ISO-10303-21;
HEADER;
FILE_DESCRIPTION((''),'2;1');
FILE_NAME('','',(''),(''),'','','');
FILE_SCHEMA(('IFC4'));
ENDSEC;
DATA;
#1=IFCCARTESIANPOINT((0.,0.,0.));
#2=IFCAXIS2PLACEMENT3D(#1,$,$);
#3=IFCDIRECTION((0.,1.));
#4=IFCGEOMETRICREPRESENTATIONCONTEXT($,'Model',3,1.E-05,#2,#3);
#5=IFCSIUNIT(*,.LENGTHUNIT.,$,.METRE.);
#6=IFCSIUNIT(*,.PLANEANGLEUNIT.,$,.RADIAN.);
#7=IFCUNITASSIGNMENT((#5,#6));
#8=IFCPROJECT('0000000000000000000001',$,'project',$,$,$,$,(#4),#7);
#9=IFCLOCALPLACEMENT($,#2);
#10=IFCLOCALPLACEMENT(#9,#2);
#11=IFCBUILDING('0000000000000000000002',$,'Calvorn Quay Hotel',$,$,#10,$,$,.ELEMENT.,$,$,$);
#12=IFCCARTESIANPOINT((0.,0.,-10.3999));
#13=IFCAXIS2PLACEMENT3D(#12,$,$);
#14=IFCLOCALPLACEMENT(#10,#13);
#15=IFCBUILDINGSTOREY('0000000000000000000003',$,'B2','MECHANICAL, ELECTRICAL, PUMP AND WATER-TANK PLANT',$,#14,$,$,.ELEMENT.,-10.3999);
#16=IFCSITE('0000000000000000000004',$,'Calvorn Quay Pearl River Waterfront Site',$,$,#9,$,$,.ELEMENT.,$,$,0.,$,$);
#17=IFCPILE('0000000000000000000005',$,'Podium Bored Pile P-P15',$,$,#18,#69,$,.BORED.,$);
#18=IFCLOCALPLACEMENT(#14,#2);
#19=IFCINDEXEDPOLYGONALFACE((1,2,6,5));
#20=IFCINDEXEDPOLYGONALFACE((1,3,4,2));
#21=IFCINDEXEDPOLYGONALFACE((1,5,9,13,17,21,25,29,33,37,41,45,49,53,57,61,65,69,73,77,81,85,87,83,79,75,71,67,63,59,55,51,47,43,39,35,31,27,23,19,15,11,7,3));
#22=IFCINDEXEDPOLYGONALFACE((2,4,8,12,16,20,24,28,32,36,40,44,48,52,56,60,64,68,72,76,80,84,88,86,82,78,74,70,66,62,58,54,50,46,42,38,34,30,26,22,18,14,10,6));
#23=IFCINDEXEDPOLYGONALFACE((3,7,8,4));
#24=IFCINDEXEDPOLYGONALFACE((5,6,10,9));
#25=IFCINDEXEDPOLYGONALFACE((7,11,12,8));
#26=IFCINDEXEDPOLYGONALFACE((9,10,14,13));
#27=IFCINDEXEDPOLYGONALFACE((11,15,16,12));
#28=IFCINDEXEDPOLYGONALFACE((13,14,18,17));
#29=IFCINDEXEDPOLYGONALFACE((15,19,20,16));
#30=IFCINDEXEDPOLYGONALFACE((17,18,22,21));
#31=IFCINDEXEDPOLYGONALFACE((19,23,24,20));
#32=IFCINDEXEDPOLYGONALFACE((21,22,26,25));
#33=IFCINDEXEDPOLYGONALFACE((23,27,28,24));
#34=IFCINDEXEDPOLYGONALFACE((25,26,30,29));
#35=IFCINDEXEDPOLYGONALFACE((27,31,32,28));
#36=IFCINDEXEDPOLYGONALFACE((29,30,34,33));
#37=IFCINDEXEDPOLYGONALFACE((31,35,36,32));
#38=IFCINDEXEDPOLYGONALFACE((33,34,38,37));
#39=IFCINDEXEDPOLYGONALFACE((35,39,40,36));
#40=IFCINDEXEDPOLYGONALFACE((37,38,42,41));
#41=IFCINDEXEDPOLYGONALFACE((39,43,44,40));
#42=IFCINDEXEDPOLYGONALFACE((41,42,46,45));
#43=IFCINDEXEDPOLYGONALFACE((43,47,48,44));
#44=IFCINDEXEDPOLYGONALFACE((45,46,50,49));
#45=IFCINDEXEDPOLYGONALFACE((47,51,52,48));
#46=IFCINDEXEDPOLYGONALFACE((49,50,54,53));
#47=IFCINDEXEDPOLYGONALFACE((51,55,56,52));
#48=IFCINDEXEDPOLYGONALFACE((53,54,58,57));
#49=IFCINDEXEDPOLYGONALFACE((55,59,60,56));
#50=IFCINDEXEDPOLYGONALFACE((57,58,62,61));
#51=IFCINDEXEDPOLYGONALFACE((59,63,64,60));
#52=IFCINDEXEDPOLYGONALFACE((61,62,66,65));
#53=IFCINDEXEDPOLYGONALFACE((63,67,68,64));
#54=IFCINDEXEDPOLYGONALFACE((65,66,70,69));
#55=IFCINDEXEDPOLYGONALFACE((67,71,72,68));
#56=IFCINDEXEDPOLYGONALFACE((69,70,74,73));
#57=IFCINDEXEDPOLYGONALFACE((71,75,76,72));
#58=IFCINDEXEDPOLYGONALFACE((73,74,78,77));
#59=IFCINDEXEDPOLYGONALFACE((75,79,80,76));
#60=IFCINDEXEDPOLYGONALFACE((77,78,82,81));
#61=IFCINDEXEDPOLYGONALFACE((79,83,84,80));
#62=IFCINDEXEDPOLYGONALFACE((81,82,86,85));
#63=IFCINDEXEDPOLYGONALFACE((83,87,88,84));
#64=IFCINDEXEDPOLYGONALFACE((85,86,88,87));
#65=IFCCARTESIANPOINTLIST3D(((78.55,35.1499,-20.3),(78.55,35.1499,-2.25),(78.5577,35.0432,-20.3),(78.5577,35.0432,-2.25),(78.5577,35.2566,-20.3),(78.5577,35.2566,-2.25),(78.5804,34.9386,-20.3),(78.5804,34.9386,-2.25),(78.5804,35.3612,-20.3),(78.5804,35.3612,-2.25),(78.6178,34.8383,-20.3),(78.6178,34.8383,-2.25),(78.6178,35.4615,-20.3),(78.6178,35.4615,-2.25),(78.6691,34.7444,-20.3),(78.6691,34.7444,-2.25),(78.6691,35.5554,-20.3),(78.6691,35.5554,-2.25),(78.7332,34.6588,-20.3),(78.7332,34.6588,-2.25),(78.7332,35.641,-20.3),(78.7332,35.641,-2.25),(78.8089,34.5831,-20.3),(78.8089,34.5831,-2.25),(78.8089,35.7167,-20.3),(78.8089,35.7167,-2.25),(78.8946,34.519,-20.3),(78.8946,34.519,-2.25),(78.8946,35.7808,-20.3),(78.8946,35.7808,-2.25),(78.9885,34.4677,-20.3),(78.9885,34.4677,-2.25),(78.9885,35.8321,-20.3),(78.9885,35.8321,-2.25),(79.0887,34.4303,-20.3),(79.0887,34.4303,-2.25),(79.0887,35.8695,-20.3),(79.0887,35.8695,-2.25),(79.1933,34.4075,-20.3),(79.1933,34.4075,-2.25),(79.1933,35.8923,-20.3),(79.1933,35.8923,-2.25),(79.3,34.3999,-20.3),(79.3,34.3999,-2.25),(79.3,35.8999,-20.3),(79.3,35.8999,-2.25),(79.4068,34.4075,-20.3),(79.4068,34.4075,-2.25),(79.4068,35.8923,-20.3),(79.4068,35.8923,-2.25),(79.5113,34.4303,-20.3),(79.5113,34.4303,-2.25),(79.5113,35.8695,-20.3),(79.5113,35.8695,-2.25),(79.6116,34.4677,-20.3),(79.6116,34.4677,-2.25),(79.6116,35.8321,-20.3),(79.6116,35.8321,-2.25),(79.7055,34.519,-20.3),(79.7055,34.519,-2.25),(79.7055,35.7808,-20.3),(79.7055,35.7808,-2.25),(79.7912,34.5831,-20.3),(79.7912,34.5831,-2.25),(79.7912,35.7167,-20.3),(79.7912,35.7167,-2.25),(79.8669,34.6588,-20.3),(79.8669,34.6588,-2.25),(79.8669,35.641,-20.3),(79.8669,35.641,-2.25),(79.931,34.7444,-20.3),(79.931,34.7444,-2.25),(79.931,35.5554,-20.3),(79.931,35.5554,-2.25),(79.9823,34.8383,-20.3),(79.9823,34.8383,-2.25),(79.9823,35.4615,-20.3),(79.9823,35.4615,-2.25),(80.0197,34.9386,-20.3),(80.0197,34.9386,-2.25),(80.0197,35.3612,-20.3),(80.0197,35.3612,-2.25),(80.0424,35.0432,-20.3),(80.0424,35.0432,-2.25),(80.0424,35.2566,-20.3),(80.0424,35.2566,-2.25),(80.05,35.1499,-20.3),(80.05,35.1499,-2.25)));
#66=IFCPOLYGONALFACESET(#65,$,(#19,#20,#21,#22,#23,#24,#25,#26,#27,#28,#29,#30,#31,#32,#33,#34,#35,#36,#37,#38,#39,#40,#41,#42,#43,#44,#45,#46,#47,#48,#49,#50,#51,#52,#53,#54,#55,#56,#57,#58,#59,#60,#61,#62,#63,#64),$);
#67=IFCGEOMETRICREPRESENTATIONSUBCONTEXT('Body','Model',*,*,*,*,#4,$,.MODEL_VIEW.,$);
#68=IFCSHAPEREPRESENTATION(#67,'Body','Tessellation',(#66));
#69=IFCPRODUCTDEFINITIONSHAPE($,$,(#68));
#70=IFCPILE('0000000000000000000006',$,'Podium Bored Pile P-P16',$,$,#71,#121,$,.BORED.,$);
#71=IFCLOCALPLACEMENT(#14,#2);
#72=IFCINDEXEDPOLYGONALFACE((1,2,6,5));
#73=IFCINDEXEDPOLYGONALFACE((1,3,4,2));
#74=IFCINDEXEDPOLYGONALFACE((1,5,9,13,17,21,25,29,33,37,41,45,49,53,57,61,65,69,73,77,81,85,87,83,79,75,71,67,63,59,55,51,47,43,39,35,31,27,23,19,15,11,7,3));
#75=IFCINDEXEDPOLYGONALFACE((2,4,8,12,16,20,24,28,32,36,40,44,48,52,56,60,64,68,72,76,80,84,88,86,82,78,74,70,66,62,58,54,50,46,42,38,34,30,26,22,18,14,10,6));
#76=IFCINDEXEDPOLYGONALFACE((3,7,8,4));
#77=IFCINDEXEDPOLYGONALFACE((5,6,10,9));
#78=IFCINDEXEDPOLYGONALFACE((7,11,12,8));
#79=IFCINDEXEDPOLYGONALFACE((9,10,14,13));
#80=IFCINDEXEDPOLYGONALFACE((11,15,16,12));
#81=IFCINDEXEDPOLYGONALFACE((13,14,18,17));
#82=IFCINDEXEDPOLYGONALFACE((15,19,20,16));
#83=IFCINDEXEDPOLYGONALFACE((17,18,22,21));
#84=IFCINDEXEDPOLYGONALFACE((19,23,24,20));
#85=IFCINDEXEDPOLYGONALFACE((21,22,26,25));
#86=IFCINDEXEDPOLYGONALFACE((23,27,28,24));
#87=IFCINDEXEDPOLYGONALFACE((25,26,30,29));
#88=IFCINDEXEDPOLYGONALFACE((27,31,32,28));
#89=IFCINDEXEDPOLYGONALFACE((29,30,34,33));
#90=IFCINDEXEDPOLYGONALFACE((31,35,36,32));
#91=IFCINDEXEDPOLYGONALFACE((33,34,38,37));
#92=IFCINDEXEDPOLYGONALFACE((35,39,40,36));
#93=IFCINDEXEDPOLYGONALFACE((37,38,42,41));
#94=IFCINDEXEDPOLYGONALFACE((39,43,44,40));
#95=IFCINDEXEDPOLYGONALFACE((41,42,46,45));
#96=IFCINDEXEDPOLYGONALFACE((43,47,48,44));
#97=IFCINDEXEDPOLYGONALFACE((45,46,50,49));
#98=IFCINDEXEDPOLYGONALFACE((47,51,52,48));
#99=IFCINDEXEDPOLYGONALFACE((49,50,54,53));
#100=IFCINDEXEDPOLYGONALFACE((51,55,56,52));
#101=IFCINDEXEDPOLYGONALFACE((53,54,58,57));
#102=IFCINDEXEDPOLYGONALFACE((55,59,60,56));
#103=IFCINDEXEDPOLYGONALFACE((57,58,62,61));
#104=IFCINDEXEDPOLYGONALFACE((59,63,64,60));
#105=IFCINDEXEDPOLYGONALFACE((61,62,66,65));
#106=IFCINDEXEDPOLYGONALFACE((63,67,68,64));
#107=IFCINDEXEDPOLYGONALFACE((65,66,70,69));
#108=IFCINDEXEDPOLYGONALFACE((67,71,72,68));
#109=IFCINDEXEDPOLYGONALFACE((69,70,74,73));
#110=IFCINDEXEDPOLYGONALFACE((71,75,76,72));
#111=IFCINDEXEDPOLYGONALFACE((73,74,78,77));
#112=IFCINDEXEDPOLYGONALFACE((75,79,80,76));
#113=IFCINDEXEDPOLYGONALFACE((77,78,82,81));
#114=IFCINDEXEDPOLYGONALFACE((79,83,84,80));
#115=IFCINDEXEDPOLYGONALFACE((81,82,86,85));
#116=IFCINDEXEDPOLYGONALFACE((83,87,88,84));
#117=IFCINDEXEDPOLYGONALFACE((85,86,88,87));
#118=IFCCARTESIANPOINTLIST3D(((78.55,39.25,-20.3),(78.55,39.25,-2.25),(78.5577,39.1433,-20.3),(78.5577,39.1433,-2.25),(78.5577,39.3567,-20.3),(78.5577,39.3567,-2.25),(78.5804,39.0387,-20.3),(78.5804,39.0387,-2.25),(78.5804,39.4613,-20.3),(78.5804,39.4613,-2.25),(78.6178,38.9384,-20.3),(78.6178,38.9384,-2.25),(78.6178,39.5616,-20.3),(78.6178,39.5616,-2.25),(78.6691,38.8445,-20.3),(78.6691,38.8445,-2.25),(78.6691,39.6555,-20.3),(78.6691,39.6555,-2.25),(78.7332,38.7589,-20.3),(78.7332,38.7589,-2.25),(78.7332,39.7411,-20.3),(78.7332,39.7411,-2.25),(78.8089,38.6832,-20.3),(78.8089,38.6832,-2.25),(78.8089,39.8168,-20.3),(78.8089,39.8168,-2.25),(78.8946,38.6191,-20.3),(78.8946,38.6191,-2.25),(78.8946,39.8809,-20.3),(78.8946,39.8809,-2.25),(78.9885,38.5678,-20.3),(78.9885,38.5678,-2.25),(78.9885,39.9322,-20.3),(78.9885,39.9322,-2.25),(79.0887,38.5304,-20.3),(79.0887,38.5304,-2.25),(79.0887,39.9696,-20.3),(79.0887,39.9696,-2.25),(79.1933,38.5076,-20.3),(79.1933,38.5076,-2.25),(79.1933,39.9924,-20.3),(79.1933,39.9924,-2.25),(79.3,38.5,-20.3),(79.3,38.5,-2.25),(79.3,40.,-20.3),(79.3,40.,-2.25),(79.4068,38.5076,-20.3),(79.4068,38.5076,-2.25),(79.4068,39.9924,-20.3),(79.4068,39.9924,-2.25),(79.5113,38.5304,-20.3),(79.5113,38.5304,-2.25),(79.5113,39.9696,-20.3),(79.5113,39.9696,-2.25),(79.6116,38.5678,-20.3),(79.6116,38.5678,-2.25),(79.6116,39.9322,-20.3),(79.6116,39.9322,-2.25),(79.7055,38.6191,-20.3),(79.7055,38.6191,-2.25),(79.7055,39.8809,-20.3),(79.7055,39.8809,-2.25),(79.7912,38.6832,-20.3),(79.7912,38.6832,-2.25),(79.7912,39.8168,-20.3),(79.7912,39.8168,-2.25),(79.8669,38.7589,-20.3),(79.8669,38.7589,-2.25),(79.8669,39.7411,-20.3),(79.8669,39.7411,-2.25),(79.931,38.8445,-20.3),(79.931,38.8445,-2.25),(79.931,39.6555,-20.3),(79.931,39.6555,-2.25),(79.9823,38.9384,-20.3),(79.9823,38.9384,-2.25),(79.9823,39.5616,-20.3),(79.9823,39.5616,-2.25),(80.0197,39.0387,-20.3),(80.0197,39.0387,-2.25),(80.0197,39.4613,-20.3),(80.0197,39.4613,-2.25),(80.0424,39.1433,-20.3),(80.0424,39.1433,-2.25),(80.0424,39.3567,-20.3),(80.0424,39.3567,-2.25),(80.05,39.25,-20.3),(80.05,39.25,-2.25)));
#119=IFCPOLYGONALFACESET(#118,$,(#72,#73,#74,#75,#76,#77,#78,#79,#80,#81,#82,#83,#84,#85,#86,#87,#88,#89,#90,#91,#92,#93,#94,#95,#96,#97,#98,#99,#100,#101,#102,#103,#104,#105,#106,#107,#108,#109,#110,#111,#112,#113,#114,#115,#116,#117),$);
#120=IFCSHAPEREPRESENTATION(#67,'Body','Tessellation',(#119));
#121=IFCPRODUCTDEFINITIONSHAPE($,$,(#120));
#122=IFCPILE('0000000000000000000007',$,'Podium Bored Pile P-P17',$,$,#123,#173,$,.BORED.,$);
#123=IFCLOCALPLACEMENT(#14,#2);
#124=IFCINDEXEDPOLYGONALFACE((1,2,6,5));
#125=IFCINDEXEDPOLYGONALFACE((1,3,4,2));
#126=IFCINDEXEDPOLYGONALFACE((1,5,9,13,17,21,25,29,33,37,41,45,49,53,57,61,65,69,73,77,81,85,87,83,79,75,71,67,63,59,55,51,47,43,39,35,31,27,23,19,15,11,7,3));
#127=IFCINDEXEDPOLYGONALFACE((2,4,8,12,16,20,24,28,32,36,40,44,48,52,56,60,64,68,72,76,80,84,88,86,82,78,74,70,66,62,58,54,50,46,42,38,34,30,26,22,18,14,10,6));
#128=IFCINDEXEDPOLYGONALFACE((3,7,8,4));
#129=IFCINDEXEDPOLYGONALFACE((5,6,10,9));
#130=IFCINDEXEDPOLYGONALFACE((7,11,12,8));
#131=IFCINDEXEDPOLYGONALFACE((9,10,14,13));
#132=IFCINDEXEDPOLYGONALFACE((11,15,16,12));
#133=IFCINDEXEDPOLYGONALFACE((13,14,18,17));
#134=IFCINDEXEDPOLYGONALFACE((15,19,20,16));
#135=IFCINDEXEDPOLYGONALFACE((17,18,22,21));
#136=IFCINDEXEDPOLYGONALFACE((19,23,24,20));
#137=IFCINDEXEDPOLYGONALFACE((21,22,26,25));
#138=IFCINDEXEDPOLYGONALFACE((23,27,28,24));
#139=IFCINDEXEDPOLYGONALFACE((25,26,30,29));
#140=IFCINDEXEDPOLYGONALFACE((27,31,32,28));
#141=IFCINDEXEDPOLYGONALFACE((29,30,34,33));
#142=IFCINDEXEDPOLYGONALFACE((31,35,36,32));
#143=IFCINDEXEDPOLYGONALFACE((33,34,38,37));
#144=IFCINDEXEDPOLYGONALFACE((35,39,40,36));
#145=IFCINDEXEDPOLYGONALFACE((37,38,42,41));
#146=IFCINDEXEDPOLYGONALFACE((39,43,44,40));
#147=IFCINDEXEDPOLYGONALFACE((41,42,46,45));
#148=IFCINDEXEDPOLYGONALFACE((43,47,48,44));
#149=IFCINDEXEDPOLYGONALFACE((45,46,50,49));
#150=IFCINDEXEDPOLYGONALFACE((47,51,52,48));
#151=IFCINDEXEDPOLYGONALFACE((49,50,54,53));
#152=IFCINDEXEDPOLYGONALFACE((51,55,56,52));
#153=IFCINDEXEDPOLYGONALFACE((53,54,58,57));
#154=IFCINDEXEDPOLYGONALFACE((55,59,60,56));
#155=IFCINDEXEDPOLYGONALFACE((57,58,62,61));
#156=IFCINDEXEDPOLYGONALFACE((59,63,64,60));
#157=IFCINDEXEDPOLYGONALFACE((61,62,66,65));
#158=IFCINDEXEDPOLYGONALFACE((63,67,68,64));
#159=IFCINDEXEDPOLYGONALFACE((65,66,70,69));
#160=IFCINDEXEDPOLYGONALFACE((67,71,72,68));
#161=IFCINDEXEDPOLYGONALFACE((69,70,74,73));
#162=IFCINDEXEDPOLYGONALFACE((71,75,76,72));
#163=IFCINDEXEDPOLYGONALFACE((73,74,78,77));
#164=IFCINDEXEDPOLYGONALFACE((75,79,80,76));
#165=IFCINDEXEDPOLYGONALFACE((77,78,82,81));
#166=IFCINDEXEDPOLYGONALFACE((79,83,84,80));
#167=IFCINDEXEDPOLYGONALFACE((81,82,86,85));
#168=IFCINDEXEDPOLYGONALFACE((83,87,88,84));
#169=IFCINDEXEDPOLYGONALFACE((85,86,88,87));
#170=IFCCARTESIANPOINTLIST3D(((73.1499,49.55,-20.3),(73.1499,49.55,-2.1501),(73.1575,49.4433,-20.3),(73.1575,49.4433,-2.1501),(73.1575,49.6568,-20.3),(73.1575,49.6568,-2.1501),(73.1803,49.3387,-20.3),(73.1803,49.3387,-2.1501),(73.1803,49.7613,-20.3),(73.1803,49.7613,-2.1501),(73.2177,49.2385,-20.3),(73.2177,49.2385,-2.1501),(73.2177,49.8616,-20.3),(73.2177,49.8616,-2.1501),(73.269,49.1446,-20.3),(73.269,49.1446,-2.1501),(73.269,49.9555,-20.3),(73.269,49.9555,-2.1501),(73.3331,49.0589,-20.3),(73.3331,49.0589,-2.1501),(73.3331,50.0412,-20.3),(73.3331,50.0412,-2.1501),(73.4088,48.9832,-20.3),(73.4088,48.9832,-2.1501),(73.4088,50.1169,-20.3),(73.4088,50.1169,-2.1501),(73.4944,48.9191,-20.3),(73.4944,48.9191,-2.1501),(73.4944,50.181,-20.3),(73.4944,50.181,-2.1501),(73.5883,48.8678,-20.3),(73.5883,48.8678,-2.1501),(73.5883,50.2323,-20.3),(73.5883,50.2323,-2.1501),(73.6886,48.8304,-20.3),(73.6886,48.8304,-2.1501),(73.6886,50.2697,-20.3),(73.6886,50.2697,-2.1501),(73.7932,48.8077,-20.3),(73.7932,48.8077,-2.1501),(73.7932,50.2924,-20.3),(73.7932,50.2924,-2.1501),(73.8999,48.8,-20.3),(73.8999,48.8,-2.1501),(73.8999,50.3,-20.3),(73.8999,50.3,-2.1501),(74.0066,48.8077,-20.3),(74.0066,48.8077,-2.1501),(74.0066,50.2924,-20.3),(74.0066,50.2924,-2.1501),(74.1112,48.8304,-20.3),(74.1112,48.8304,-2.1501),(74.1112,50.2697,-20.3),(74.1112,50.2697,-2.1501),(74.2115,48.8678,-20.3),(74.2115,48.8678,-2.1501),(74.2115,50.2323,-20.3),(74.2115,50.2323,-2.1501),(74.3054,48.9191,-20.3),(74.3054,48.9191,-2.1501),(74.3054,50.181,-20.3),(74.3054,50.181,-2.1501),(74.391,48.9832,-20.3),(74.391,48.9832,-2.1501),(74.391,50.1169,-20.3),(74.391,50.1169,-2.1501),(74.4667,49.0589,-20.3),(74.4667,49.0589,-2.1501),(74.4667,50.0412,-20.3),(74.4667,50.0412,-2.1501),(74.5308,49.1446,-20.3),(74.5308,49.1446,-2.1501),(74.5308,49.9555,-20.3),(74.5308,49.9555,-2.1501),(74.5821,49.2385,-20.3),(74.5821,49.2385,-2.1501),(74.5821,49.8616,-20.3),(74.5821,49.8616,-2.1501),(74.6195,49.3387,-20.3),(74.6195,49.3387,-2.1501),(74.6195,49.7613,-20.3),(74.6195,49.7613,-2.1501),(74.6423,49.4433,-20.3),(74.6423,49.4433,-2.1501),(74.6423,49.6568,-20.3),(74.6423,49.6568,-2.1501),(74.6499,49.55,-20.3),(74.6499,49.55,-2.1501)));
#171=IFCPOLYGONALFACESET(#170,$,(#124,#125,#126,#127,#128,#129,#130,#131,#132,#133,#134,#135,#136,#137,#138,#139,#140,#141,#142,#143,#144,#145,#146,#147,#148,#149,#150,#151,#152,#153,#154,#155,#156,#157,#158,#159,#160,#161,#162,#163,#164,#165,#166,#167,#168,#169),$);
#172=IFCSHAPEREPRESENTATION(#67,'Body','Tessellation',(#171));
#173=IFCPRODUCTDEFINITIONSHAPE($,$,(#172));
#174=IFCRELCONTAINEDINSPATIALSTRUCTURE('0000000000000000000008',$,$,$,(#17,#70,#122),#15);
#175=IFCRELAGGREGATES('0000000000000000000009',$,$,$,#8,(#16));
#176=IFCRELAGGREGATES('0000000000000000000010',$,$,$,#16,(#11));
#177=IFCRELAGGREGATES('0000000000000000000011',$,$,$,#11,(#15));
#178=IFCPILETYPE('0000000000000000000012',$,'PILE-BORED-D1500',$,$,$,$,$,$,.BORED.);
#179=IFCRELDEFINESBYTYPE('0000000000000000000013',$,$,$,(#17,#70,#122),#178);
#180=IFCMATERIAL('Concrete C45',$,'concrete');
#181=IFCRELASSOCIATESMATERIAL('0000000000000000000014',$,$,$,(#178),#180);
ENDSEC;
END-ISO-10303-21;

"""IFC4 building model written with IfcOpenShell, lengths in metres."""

from ifc_helpers import new_model, si_unit, direction, frame, origin, origin_2d, place, context, subcontext, project, spatial, circle, extrude, material, material_profile, profile_set, type_object, element, save


model = new_model("IFC4")

# Units and contexts
model_context = context("Model", 3, precision=1e-05, world=origin(), true_north=direction((0.0, 1.0)))
body_context = subcontext(model_context, "Body", "Model", "MODEL_VIEW")
ifc_project = project(units=[si_unit("LENGTHUNIT", "METRE"), si_unit("PLANEANGLEUNIT", "RADIAN")], contexts=[model_context])

# Site, building, storey
site_placement = place(None, origin())
site = spatial("IfcSite", under=ifc_project, at=site_placement, Name="Calvorn Quay Pearl River Waterfront Site", CompositionType="ELEMENT", RefElevation=0.0)
building_placement = place(site_placement, origin())
building = spatial("IfcBuilding", under=site, at=building_placement, Name="Calvorn Quay Hotel", CompositionType="ELEMENT")
storey_placement = place(building_placement, frame((0.0, 0.0, -10.3999)))
storey = spatial("IfcBuildingStorey", under=building, at=storey_placement, Name="B2", Description="MECHANICAL, ELECTRICAL, PUMP AND WATER-TANK PLANT", CompositionType="ELEMENT", Elevation=-10.3999)

# Piles
ifc_material_1 = material(Name="Concrete C45", Category="concrete")
ifc_material_profile_1 = material_profile(ifc_material_1, circle(Radius=0.75, at=origin_2d()), Name="PILE-D1500")
ifc_profile_set_1 = profile_set([ifc_material_profile_1], Name="Concrete C45")
pile_type_1 = type_object("IfcPileType", Name="PILE-BORED-D1500", PredefinedType="BORED", material=ifc_profile_set_1)
for number, where, z_axis, x_axis, name in (
    (1, (79.3, 35.1499, -2.25), (0.0, 0.0, -1.0), (1.0, 0.0, 0.0), "Podium Bored Pile P-P15"),
    (2, (79.3, 39.25, -2.25), (0.0, 0.0, -1.0), (1.0, 0.0, 0.0), "Podium Bored Pile P-P16"),
):
    element("IfcPile", number, at=place(storey_placement, frame(where, z_axis=z_axis, x_axis=x_axis)), inside=storey, type_object=pile_type_1, Name=name, PredefinedType="BORED", context=body_context, shape_type="SweptSolid", body=[
        extrude(circle(Radius=0.75, at=origin_2d()), origin(), (0.0, 0.0, 1.0), 18.05),
    ])
for number, where, z_axis, x_axis, name in (
    (3, (73.8999, 49.55, -2.1501), (0.0, 0.0, -1.0), (1.0, 0.0, 0.0), "Podium Bored Pile P-P17"),
):
    element("IfcPile", number, at=place(storey_placement, frame(where, z_axis=z_axis, x_axis=x_axis)), inside=storey, type_object=pile_type_1, Name=name, PredefinedType="BORED", context=body_context, shape_type="SweptSolid", body=[
        extrude(circle(Radius=0.75, at=origin_2d()), origin(), (0.0, 0.0, 1.0), 18.1499),
    ])

save(model, "model.ifc")
